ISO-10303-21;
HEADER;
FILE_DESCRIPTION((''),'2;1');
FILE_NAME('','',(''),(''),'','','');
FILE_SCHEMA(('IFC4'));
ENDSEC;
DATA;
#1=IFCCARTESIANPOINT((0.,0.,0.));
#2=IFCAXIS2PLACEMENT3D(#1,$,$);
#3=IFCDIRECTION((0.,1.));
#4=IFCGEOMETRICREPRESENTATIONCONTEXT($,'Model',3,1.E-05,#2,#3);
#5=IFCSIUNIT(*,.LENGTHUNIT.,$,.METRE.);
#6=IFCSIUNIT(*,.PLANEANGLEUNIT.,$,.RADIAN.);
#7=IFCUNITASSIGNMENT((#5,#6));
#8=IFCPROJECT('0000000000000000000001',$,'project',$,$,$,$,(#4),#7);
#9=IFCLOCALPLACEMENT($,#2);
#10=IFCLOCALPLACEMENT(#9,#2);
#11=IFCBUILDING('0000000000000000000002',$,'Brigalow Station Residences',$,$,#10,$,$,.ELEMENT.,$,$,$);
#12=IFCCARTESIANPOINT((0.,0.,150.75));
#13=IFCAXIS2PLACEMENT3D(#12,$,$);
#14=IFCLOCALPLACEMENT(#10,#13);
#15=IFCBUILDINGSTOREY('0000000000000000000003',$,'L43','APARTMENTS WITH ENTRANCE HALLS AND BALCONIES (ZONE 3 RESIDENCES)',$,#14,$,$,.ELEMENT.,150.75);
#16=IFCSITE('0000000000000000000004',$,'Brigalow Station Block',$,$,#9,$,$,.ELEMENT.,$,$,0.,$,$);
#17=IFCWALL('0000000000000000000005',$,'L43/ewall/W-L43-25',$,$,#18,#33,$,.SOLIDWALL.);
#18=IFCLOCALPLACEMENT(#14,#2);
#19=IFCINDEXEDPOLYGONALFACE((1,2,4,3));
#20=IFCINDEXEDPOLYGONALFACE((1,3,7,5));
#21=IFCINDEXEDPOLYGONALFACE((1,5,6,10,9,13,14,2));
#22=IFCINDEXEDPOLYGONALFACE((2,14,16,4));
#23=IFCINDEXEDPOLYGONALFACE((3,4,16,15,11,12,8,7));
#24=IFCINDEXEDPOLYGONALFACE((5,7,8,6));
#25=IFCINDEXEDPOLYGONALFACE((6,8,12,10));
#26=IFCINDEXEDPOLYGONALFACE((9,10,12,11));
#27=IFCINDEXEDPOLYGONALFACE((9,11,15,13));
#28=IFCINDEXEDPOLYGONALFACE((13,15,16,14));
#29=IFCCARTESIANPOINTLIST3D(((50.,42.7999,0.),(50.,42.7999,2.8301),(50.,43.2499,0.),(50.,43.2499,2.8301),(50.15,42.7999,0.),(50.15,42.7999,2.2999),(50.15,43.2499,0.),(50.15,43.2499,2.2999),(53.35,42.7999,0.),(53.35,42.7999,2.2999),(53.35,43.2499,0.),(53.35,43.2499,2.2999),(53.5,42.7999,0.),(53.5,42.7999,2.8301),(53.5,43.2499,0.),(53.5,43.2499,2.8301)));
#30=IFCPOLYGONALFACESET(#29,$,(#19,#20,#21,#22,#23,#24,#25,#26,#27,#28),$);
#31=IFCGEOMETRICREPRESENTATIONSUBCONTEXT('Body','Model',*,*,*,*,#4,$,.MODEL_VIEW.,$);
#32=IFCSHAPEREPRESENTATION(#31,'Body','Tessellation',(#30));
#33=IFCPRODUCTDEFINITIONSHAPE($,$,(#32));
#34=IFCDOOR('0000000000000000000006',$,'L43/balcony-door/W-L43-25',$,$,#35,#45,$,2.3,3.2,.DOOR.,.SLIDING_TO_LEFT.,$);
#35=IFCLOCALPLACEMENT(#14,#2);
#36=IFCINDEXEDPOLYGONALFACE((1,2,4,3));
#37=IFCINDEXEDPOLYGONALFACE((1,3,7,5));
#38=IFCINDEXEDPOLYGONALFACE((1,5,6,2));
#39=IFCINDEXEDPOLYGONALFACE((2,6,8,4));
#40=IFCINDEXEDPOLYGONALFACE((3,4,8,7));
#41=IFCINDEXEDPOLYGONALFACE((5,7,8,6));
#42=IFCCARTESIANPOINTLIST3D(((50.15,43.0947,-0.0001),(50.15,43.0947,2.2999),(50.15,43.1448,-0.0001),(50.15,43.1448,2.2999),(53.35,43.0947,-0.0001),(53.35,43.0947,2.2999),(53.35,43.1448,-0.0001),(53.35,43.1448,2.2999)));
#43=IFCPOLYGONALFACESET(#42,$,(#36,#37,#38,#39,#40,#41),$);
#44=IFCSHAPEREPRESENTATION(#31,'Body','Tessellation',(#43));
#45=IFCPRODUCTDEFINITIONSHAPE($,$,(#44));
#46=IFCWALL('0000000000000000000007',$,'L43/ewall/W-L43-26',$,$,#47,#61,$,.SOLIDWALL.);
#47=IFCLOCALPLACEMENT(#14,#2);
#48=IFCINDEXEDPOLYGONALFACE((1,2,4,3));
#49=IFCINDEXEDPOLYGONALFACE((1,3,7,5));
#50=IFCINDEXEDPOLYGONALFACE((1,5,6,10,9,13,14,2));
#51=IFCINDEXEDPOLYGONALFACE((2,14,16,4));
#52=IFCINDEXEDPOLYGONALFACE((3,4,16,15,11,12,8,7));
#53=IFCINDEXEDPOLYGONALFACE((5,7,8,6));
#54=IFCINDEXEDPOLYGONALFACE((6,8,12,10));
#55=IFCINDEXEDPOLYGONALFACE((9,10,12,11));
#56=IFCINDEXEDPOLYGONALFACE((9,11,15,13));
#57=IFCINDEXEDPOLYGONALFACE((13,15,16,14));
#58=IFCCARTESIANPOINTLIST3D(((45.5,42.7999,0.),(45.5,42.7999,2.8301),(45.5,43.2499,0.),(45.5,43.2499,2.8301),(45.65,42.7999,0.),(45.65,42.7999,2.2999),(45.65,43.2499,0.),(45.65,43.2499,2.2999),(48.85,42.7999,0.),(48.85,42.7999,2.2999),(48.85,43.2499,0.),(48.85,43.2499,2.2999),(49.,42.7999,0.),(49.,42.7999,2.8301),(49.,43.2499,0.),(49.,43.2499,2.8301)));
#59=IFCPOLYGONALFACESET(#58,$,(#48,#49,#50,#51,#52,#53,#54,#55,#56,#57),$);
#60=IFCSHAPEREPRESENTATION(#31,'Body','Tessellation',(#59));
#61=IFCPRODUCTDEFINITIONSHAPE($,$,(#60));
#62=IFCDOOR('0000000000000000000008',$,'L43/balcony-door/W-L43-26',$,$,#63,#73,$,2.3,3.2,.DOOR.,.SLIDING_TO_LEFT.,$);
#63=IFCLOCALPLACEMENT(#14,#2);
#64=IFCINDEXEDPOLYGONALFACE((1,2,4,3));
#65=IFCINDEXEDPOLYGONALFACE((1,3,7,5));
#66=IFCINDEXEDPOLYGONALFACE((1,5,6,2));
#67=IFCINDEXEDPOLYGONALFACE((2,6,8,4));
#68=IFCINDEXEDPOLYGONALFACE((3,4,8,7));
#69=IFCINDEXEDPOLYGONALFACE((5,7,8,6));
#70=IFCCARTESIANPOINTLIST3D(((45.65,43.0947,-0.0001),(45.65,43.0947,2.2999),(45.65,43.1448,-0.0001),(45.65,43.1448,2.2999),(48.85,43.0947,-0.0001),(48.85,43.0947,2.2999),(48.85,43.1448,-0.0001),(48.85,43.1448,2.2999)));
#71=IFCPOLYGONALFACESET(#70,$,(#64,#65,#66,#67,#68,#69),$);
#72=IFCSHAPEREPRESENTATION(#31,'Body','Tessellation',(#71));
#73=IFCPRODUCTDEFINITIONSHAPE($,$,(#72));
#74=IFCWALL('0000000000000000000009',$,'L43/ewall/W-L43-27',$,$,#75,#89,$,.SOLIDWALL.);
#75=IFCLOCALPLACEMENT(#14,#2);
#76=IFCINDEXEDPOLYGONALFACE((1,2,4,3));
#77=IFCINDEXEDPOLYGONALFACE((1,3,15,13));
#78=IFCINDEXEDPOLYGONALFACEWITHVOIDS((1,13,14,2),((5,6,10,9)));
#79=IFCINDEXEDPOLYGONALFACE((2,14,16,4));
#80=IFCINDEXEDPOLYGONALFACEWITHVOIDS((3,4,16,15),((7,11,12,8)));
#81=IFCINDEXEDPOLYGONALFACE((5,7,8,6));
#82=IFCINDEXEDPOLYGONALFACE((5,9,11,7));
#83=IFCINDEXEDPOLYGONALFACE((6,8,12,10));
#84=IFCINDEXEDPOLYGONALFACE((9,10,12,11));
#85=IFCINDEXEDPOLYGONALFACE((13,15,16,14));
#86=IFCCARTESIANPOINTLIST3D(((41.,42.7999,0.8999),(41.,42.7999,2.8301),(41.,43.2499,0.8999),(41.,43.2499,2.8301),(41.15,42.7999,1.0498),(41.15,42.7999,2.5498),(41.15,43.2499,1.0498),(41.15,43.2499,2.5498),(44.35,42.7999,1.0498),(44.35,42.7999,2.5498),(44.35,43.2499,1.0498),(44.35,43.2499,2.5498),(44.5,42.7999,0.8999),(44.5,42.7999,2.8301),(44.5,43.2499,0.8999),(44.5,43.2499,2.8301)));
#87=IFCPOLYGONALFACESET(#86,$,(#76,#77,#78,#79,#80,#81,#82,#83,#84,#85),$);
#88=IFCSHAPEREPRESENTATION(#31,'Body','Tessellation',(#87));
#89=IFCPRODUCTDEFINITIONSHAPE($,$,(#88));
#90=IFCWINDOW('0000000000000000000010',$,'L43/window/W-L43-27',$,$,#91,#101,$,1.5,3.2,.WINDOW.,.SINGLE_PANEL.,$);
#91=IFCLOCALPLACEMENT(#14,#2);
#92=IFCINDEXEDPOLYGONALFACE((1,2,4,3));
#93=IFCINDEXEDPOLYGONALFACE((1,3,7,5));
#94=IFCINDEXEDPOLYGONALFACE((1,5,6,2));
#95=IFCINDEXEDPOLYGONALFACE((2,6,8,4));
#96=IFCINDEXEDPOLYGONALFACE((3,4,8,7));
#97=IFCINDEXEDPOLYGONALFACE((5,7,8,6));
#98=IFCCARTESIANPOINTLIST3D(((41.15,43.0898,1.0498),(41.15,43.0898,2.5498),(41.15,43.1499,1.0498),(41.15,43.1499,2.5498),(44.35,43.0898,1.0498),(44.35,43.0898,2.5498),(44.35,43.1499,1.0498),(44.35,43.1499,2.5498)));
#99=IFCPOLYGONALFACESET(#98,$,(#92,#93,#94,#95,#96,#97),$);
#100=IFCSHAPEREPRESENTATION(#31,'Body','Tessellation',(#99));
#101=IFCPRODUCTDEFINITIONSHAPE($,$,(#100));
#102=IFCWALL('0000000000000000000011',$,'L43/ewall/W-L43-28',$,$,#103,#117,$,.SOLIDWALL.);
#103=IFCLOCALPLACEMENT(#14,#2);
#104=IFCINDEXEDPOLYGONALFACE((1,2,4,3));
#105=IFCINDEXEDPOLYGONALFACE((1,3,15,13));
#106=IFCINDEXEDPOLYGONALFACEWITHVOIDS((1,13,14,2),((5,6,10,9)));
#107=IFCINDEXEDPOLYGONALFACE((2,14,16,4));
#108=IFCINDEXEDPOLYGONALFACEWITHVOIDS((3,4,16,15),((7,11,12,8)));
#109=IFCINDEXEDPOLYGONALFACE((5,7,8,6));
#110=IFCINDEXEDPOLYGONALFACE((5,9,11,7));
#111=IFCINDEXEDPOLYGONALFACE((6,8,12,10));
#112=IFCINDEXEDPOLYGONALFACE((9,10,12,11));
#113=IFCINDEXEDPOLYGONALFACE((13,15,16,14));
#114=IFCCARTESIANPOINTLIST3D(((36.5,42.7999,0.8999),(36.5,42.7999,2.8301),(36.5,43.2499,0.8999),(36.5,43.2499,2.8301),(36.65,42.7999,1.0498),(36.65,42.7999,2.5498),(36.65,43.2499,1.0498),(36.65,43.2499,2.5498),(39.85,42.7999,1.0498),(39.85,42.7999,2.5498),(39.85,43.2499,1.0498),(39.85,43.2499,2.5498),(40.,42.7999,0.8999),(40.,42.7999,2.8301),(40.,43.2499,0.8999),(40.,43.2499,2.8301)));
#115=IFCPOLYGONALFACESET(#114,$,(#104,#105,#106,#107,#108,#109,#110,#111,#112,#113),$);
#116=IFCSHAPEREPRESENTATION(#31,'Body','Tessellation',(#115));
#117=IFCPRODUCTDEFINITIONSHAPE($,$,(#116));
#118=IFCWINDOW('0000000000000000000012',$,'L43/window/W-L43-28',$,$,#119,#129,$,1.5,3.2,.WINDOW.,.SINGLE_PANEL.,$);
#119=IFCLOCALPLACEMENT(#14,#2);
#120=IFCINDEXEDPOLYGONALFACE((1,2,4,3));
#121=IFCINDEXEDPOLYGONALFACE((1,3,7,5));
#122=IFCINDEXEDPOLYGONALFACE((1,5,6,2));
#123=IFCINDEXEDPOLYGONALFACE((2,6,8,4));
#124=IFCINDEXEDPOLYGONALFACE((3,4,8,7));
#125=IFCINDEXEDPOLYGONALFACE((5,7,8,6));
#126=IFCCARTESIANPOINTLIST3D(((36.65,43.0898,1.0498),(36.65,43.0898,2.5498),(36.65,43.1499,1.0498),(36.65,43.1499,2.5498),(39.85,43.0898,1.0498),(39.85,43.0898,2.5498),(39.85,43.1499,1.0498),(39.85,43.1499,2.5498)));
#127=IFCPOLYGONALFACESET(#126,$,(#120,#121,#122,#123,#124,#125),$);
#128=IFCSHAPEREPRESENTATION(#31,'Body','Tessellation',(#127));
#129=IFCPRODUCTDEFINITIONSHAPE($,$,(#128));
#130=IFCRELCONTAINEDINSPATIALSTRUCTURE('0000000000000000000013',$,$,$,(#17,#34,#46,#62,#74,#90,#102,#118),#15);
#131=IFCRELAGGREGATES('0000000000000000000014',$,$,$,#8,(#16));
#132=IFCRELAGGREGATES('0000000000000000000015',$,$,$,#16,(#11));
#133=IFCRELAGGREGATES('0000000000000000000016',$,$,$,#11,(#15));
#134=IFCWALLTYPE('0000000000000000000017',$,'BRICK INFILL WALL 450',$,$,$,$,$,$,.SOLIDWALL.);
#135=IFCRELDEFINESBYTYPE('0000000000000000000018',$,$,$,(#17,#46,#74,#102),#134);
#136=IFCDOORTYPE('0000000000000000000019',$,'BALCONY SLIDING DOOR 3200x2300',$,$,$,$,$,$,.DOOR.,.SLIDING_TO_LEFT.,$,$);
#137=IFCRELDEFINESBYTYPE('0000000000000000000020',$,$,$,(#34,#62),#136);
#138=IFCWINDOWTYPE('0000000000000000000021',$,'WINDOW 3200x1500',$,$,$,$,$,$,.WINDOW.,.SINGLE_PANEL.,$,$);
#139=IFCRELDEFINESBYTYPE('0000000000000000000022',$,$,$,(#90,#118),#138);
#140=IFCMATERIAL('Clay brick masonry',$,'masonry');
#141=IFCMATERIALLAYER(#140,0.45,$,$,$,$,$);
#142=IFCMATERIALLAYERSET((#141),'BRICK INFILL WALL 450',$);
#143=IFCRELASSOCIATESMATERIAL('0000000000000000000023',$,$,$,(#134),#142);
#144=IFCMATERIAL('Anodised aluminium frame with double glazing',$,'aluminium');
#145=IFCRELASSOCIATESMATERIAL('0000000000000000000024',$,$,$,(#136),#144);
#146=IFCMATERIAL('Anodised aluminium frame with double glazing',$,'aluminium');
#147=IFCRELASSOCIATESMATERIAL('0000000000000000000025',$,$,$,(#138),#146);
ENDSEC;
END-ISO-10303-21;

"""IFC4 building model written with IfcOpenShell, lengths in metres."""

from ifc_helpers import new_model, si_unit, direction, frame, frame_2d, origin, place, context, subcontext, project, spatial, rectangle, extrude, material, layer, layer_set, type_object, element, fill, save


model = new_model("IFC4")

# Units and contexts
model_context = context("Model", 3, precision=1e-05, world=origin(), true_north=direction((0.0, 1.0)))
body_context = subcontext(model_context, "Body", "Model", "MODEL_VIEW")
ifc_project = project(units=[si_unit("LENGTHUNIT", "METRE"), si_unit("PLANEANGLEUNIT", "RADIAN")], contexts=[model_context])

# Site, building, storey
site_placement = place(None, origin())
site = spatial("IfcSite", under=ifc_project, at=site_placement, Name="Brigalow Station Block", CompositionType="ELEMENT", RefElevation=0.0)
building_placement = place(site_placement, origin())
building = spatial("IfcBuilding", under=site, at=building_placement, Name="Brigalow Station Residences", CompositionType="ELEMENT")
storey_placement = place(building_placement, frame((0.0, 0.0, 150.75)))
storey = spatial("IfcBuildingStorey", under=building, at=storey_placement, Name="L43", Description="APARTMENTS WITH ENTRANCE HALLS AND BALCONIES (ZONE 3 RESIDENCES)", CompositionType="ELEMENT", Elevation=150.75)

# Walls, openings, doors
ifc_material_1 = material(Name="Clay brick masonry", Category="masonry")
ifc_layer_1 = layer(ifc_material_1, 0.45)
ifc_layer_set_1 = layer_set([ifc_layer_1], Name="BRICK INFILL WALL 450")
wall_type_1 = type_object("IfcWallType", Name="BRICK INFILL WALL 450", PredefinedType="SOLIDWALL", material=ifc_layer_set_1)
wall_1_placement = place(storey_placement, frame((53.5, 43.0249, 0.0), z_axis=(0.0, 0.0, 1.0), x_axis=(-1.0, 0.0, 0.0)))
wall_1 = element("IfcWall", 1, at=wall_1_placement, inside=storey, type_object=wall_type_1, Name="L43/ewall/W-L43-25", PredefinedType="SOLIDWALL", context=body_context, shape_type="SweptSolid", body=[
    extrude(rectangle(XDim=3.5, YDim=0.45, at=frame_2d((1.75, 0.0))), origin(), (0.0, 0.0, 1.0), 2.8301),
])
opening_1_placement = place(wall_1_placement, frame((0.1499, 0.0, 0.0)))
opening_1 = element("IfcOpeningElement", 2, at=opening_1_placement, cuts=wall_1, PredefinedType="OPENING", context=body_context, shape_type="SweptSolid", body=[
    extrude(rectangle(XDim=3.2, YDim=2.3, at=frame_2d((1.6001, 1.1499))), frame((0.0, 0.2349, 0.0), z_axis=(0.0, -1.0, 0.0), x_axis=(1.0, 0.0, 0.0)), (0.0, 0.0, 1.0), 0.47),
])
ifc_material_2 = material(Name="Anodised aluminium frame with double glazing", Category="aluminium")
door_type_1 = type_object("IfcDoorType", Name="BALCONY SLIDING DOOR 3200x2300", OperationType="SLIDING_TO_LEFT", PredefinedType="DOOR", material=ifc_material_2)
door_1_placement = place(opening_1_placement, origin())
door_1 = element("IfcDoor", 3, at=door_1_placement, inside=storey, type_object=door_type_1, Name="L43/balcony-door/W-L43-25", OperationType="SLIDING_TO_LEFT", OverallHeight=2.3, OverallWidth=3.2, PredefinedType="DOOR", context=body_context, shape_type="SweptSolid", body=[
    extrude(rectangle(XDim=3.2, YDim=2.3, at=frame_2d((1.6001, 1.1499))), frame((0.0, -0.0698, 0.0), z_axis=(0.0, -1.0, 0.0), x_axis=(1.0, 0.0, 0.0)), (0.0, 0.0, 1.0), 0.05),
])
fill(opening_1, door_1)
wall_2_placement = place(storey_placement, frame((49.0, 43.0249, 0.0), z_axis=(0.0, 0.0, 1.0), x_axis=(-1.0, 0.0, 0.0)))
wall_2 = element("IfcWall", 4, at=wall_2_placement, inside=storey, type_object=wall_type_1, Name="L43/ewall/W-L43-26", PredefinedType="SOLIDWALL", context=body_context, shape_type="SweptSolid", body=[
    extrude(rectangle(XDim=3.5, YDim=0.45, at=frame_2d((1.75, 0.0))), origin(), (0.0, 0.0, 1.0), 2.8301),
])
opening_2_placement = place(wall_2_placement, frame((0.1499, 0.0, 0.0)))
opening_2 = element("IfcOpeningElement", 5, at=opening_2_placement, cuts=wall_2, PredefinedType="OPENING", context=body_context, shape_type="SweptSolid", body=[
    extrude(rectangle(XDim=3.2, YDim=2.3, at=frame_2d((1.6001, 1.1499))), frame((0.0, 0.2349, 0.0), z_axis=(0.0, -1.0, 0.0), x_axis=(1.0, 0.0, 0.0)), (0.0, 0.0, 1.0), 0.47),
])
door_2_placement = place(opening_2_placement, origin())
door_2 = element("IfcDoor", 6, at=door_2_placement, inside=storey, type_object=door_type_1, Name="L43/balcony-door/W-L43-26", OperationType="SLIDING_TO_LEFT", OverallHeight=2.3, OverallWidth=3.2, PredefinedType="DOOR", context=body_context, shape_type="SweptSolid", body=[
    extrude(rectangle(XDim=3.2, YDim=2.3, at=frame_2d((1.6001, 1.1499))), frame((0.0, -0.0698, 0.0), z_axis=(0.0, -1.0, 0.0), x_axis=(1.0, 0.0, 0.0)), (0.0, 0.0, 1.0), 0.05),
])
fill(opening_2, door_2)

# Walls, openings, windows
wall_3_placement = place(storey_placement, frame((44.5, 43.0249, 0.8999), z_axis=(0.0, 0.0, 1.0), x_axis=(-1.0, 0.0, 0.0)))
wall_3 = element("IfcWall", 7, at=wall_3_placement, inside=storey, type_object=wall_type_1, Name="L43/ewall/W-L43-27", PredefinedType="SOLIDWALL", context=body_context, shape_type="SweptSolid", body=[
    extrude(rectangle(XDim=3.5, YDim=0.45, at=frame_2d((1.75, 0.0))), origin(), (0.0, 0.0, 1.0), 1.9302),
])
opening_3_placement = place(wall_3_placement, frame((0.1499, 0.0, 0.1499)))
opening_3 = element("IfcOpeningElement", 8, at=opening_3_placement, cuts=wall_3, PredefinedType="OPENING", context=body_context, shape_type="SweptSolid", body=[
    extrude(rectangle(XDim=3.2, YDim=1.5, at=frame_2d((1.6001, 0.75))), frame((0.0, 0.2349, 0.0), z_axis=(0.0, -1.0, 0.0), x_axis=(1.0, 0.0, 0.0)), (0.0, 0.0, 1.0), 0.47),
])
ifc_material_3 = material(Name="Anodised aluminium frame with double glazing", Category="aluminium")
window_type = type_object("IfcWindowType", Name="WINDOW 3200x1500", PartitioningType="SINGLE_PANEL", PredefinedType="WINDOW", material=ifc_material_3)
window_1_placement = place(opening_3_placement, origin())
window_1 = element("IfcWindow", 9, at=window_1_placement, inside=storey, type_object=window_type, Name="L43/window/W-L43-27", OverallHeight=1.5, OverallWidth=3.2, PartitioningType="SINGLE_PANEL", PredefinedType="WINDOW", context=body_context, shape_type="SweptSolid", body=[
    extrude(rectangle(XDim=3.2, YDim=1.5, at=frame_2d((1.6001, 0.75))), frame((0.0, -0.0649, 0.0), z_axis=(0.0, -1.0, 0.0), x_axis=(1.0, 0.0, 0.0)), (0.0, 0.0, 1.0), 0.0601),
])
fill(opening_3, window_1)
wall_4_placement = place(storey_placement, frame((40.0, 43.0249, 0.8999), z_axis=(0.0, 0.0, 1.0), x_axis=(-1.0, 0.0, 0.0)))
wall_4 = element("IfcWall", 10, at=wall_4_placement, inside=storey, type_object=wall_type_1, Name="L43/ewall/W-L43-28", PredefinedType="SOLIDWALL", context=body_context, shape_type="SweptSolid", body=[
    extrude(rectangle(XDim=3.5, YDim=0.45, at=frame_2d((1.75, 0.0))), origin(), (0.0, 0.0, 1.0), 1.9302),
])
opening_4_placement = place(wall_4_placement, frame((0.1499, 0.0, 0.1499)))
opening_4 = element("IfcOpeningElement", 11, at=opening_4_placement, cuts=wall_4, PredefinedType="OPENING", context=body_context, shape_type="SweptSolid", body=[
    extrude(rectangle(XDim=3.2, YDim=1.5, at=frame_2d((1.6001, 0.75))), frame((0.0, 0.2349, 0.0), z_axis=(0.0, -1.0, 0.0), x_axis=(1.0, 0.0, 0.0)), (0.0, 0.0, 1.0), 0.47),
])
window_2_placement = place(opening_4_placement, origin())
window_2 = element("IfcWindow", 12, at=window_2_placement, inside=storey, type_object=window_type, Name="L43/window/W-L43-28", OverallHeight=1.5, OverallWidth=3.2, PartitioningType="SINGLE_PANEL", PredefinedType="WINDOW", context=body_context, shape_type="SweptSolid", body=[
    extrude(rectangle(XDim=3.2, YDim=1.5, at=frame_2d((1.6001, 0.75))), frame((0.0, -0.0649, 0.0), z_axis=(0.0, -1.0, 0.0), x_axis=(1.0, 0.0, 0.0)), (0.0, 0.0, 1.0), 0.0601),
])
fill(opening_4, window_2)

save(model, "model.ifc")
